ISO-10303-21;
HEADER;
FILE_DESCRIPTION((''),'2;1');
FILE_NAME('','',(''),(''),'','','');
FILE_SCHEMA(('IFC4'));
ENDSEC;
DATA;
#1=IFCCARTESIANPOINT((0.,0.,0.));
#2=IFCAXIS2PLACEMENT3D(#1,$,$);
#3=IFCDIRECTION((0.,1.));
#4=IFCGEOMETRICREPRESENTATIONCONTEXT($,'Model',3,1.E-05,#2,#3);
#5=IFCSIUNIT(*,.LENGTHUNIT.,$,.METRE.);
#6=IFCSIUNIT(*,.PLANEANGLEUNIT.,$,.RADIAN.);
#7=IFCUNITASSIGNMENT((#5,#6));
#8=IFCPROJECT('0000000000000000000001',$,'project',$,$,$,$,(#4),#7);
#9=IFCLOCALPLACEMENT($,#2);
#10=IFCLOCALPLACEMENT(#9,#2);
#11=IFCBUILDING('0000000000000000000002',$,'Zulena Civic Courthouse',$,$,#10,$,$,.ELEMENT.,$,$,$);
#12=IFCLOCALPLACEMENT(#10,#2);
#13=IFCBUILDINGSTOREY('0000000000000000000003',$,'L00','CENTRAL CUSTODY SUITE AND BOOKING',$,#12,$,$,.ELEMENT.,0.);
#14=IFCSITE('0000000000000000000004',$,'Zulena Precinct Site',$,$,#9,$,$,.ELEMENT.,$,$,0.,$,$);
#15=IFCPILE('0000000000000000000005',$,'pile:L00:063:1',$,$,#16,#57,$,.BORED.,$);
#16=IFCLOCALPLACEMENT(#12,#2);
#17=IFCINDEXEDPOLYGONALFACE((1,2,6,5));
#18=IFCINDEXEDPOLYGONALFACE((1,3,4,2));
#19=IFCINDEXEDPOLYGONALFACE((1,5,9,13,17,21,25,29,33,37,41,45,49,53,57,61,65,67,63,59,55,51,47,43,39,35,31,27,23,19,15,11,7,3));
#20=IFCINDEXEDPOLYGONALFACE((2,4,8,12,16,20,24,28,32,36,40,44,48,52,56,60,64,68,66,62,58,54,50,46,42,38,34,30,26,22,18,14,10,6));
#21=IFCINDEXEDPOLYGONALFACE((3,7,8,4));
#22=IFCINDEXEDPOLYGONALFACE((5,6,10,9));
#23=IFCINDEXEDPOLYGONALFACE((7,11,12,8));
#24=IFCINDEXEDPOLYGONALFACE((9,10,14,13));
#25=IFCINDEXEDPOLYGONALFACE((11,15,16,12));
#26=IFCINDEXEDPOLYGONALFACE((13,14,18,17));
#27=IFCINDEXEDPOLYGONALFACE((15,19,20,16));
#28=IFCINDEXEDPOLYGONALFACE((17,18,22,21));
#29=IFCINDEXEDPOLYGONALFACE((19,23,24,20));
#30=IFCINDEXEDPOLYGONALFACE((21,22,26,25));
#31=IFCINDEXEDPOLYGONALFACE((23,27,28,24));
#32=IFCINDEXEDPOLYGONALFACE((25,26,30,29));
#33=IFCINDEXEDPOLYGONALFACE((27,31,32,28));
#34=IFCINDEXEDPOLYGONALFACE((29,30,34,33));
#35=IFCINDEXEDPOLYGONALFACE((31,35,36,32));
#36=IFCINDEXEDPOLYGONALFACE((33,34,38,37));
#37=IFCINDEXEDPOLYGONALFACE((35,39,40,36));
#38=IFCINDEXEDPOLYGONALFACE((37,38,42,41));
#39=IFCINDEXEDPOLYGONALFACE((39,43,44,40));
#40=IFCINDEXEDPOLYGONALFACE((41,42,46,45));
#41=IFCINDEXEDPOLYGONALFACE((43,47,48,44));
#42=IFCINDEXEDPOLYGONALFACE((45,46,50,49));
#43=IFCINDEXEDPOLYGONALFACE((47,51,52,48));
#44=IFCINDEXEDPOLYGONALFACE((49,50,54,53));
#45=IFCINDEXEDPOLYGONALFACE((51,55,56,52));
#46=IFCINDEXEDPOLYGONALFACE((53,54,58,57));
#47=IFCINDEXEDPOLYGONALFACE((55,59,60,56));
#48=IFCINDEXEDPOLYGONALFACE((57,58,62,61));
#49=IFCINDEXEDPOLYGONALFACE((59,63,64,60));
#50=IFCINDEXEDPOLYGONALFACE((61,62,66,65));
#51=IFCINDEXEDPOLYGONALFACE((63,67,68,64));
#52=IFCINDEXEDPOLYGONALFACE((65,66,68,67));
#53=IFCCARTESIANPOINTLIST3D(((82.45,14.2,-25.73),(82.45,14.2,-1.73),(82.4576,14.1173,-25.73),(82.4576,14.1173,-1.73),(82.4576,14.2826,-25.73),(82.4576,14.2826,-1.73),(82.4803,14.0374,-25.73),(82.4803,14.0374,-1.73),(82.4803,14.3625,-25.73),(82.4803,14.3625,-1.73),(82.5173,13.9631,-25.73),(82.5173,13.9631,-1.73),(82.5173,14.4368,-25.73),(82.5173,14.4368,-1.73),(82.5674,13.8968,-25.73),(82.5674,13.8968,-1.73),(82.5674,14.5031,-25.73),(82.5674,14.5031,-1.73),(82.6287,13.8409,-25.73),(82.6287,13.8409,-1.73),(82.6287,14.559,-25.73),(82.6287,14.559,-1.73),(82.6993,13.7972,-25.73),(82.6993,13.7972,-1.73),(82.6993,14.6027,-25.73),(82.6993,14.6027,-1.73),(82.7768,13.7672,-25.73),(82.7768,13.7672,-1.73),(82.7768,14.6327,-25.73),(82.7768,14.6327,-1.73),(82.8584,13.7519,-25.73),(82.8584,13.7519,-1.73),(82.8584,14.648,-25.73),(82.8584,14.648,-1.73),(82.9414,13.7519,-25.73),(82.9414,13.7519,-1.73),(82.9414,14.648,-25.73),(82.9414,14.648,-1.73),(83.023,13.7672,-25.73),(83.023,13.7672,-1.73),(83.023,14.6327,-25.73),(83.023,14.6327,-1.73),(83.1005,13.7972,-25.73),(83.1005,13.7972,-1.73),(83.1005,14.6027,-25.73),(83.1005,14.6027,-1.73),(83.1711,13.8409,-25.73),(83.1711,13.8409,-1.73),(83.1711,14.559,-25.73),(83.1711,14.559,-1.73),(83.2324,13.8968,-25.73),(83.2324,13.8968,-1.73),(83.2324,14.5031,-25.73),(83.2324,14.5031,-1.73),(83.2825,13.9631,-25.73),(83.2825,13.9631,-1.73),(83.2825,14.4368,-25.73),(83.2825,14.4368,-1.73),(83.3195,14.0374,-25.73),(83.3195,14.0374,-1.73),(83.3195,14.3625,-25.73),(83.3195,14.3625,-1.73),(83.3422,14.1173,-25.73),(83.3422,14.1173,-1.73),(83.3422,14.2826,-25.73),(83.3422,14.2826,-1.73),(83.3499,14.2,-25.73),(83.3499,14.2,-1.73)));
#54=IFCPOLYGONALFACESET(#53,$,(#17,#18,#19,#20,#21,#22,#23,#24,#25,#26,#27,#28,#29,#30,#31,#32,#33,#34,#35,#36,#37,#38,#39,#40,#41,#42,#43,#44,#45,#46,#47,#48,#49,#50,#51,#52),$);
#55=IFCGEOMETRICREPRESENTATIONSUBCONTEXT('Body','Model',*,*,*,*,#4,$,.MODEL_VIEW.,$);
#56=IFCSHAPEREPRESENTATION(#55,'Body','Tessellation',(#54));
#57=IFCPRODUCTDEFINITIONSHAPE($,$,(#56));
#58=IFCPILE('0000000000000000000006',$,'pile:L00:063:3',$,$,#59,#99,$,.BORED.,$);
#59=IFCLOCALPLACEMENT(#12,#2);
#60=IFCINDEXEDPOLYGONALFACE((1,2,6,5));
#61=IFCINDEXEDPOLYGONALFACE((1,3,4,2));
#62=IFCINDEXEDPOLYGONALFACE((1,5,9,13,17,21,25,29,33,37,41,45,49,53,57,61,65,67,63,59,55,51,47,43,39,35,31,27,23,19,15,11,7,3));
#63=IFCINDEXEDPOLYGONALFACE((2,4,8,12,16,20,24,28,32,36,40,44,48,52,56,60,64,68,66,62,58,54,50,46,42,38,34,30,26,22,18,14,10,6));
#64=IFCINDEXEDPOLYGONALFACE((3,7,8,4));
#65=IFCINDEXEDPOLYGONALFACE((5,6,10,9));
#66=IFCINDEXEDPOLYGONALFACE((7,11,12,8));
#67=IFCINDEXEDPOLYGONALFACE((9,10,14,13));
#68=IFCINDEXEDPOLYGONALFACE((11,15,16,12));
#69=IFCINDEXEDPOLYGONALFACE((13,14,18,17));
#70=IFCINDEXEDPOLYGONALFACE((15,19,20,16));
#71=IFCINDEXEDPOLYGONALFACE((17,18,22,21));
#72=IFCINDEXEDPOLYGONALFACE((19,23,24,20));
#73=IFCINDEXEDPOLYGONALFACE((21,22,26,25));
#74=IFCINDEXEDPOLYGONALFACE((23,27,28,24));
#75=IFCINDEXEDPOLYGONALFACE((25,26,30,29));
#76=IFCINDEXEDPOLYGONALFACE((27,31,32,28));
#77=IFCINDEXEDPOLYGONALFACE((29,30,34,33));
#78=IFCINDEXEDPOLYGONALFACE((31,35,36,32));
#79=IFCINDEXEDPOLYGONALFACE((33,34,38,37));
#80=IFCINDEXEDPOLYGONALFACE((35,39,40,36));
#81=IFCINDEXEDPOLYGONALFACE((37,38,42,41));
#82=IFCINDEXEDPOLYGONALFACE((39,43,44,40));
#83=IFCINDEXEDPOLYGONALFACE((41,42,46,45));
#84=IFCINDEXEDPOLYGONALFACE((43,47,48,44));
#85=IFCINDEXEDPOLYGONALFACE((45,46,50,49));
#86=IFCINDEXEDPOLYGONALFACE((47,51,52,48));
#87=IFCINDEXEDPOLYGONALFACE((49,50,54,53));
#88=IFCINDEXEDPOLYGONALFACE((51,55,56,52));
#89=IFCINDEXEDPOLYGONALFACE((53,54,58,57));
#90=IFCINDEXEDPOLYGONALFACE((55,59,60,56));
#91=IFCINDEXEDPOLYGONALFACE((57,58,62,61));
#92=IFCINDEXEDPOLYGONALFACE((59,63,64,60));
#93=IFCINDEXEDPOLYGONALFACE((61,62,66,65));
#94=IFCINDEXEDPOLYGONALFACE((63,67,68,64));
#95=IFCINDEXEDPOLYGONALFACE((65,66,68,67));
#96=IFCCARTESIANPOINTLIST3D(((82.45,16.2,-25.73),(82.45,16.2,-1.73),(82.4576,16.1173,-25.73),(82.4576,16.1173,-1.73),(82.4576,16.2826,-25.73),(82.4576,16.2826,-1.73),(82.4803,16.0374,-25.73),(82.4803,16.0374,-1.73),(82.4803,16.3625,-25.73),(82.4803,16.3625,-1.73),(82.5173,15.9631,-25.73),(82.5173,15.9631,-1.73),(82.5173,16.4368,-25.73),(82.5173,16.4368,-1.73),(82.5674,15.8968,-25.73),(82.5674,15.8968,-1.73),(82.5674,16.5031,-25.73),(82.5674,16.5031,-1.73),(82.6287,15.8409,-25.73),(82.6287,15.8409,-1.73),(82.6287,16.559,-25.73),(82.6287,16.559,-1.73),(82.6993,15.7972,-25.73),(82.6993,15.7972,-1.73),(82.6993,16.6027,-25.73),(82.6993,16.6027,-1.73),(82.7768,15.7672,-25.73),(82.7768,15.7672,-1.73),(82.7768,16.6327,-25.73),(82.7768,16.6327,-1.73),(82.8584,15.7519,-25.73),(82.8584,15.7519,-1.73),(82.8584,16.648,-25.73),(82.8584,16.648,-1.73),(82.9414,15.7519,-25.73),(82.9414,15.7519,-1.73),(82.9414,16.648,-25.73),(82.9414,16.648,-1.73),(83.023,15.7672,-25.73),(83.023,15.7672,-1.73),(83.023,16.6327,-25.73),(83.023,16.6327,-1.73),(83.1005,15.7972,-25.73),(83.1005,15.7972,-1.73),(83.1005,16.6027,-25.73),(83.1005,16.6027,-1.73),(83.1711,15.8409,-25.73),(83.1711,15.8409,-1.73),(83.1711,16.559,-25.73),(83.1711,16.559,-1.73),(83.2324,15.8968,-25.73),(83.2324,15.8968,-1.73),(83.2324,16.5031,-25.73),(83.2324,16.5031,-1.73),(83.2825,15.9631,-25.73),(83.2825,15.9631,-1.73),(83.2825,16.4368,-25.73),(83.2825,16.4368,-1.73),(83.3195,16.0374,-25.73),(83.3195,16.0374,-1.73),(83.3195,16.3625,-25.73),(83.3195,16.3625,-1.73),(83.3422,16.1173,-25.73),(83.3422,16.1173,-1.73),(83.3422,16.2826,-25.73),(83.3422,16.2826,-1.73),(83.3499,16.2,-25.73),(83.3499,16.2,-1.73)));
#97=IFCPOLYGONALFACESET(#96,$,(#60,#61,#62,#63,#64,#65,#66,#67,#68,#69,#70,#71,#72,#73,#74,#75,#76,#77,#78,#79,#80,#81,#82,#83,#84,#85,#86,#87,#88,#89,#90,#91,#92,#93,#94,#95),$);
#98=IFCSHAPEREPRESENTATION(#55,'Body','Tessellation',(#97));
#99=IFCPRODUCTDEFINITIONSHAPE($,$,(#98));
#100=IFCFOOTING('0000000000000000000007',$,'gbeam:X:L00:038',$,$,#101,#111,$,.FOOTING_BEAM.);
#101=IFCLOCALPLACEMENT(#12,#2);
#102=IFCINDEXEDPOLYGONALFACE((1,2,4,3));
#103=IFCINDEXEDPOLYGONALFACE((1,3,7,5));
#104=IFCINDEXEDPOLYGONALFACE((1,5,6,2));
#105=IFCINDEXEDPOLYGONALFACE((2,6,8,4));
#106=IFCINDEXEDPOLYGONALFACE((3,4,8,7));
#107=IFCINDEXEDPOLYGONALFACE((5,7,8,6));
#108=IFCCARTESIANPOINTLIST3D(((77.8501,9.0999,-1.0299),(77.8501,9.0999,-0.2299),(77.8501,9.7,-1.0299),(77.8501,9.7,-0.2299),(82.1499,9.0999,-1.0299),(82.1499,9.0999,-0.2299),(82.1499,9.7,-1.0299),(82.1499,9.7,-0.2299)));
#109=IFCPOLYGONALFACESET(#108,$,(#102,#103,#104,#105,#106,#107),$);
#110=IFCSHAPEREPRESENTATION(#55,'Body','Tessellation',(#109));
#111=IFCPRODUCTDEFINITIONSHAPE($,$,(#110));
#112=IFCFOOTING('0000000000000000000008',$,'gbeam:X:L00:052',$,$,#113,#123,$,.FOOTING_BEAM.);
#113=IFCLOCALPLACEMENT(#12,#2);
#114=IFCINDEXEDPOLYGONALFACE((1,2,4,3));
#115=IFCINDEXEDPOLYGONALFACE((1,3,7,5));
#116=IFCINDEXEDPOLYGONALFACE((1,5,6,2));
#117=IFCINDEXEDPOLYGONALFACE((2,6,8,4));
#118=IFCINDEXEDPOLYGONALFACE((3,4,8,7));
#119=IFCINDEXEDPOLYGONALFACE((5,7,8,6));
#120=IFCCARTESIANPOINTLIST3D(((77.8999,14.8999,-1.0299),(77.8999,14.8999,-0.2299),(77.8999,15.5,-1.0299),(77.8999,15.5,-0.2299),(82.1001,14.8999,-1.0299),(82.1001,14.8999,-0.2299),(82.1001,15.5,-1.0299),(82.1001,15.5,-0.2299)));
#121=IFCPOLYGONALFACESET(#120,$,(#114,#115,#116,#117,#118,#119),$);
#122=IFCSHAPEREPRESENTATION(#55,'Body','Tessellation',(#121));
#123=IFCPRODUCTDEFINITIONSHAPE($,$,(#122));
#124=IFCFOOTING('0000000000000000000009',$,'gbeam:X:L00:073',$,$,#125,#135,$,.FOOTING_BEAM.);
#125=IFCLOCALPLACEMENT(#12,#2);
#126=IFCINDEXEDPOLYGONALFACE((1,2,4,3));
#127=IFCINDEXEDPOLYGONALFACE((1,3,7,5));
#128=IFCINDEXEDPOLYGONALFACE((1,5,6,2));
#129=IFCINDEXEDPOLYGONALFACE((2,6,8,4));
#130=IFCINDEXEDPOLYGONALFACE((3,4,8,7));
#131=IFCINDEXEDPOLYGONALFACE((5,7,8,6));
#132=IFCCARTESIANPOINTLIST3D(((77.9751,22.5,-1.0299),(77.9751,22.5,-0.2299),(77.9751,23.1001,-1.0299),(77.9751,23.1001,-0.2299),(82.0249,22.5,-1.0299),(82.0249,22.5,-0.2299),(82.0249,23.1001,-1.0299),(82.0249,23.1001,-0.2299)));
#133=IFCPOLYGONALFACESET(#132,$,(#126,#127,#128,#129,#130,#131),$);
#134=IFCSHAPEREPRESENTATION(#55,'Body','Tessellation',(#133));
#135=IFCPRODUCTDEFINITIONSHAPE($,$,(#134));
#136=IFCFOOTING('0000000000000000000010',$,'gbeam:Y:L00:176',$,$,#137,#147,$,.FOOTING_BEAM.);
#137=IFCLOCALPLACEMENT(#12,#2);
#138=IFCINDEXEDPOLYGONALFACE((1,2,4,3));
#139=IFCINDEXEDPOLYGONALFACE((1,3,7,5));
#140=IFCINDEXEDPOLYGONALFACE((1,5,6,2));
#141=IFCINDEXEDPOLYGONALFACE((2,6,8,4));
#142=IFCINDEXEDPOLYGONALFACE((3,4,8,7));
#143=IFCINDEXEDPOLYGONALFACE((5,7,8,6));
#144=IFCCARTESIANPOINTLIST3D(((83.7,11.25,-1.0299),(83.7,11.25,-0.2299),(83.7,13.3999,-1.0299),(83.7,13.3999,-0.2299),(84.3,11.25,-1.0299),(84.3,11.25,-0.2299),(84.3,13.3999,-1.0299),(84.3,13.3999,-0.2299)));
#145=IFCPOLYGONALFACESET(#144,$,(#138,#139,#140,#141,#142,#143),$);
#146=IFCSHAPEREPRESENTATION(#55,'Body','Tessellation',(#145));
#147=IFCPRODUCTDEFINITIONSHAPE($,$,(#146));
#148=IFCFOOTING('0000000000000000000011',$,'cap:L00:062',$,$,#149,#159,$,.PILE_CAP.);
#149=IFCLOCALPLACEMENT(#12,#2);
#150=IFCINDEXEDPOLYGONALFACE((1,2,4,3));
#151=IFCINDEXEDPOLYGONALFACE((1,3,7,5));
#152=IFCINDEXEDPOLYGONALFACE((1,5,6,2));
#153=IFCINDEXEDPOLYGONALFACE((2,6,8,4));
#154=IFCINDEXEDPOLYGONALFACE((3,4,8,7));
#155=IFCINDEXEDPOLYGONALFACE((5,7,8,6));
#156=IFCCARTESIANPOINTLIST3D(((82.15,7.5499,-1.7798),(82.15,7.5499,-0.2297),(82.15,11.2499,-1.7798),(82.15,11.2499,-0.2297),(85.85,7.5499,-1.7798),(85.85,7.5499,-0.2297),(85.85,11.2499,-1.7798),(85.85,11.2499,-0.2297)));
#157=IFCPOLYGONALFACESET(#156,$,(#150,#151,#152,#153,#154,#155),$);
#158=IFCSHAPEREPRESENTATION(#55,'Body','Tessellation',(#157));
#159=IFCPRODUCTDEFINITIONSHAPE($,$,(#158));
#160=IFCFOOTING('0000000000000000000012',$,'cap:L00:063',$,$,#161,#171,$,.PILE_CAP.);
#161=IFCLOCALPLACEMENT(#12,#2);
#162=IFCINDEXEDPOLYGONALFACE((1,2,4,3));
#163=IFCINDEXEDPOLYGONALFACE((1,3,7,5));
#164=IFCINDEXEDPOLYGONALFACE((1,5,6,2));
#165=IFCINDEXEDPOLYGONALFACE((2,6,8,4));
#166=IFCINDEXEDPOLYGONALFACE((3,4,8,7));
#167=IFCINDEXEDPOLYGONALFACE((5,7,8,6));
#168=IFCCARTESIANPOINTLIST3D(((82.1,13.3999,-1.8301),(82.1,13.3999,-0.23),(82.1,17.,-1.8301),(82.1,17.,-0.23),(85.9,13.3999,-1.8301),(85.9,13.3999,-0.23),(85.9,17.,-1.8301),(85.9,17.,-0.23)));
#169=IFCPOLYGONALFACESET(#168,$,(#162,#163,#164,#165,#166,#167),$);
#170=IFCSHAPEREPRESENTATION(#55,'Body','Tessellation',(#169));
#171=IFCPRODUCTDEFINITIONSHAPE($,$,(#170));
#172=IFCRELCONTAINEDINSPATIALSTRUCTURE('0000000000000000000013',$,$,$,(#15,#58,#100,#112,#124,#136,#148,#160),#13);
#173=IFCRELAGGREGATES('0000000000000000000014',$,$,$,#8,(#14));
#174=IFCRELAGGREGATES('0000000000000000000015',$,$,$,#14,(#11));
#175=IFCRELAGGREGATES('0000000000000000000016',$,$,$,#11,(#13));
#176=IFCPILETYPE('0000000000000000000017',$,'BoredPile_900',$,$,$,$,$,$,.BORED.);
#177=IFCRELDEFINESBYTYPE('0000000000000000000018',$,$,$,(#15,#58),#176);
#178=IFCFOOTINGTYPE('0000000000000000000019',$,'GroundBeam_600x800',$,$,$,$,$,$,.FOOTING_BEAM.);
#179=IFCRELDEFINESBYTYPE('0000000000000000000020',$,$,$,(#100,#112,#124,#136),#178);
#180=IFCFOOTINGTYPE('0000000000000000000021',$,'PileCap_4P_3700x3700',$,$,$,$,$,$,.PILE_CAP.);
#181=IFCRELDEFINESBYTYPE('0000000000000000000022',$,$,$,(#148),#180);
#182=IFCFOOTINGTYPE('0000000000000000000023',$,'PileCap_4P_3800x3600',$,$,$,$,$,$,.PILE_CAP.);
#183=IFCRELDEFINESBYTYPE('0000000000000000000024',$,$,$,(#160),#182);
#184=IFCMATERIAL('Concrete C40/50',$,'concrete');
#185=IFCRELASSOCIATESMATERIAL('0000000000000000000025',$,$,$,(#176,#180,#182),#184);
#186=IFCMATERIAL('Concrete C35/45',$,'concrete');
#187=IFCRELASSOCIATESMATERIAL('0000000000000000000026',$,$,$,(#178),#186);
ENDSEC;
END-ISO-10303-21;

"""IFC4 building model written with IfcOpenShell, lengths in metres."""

from ifc_helpers import new_model, si_unit, direction, frame, origin, origin_2d, place, context, subcontext, project, spatial, rectangle, circle, extrude, material, material_profile, profile_set, type_object, element, save


model = new_model("IFC4")

# Units and contexts
model_context = context("Model", 3, precision=1e-05, world=origin(), true_north=direction((0.0, 1.0)))
body_context = subcontext(model_context, "Body", "Model", "MODEL_VIEW")
ifc_project = project(units=[si_unit("LENGTHUNIT", "METRE"), si_unit("PLANEANGLEUNIT", "RADIAN")], contexts=[model_context])

# Site, building, storey
site_placement = place(None, origin())
site = spatial("IfcSite", under=ifc_project, at=site_placement, Name="Zulena Precinct Site", CompositionType="ELEMENT", RefElevation=0.0)
building_placement = place(site_placement, origin())
building = spatial("IfcBuilding", under=site, at=building_placement, Name="Zulena Civic Courthouse", CompositionType="ELEMENT")
storey_placement = place(building_placement, origin())
storey = spatial("IfcBuildingStorey", under=building, at=storey_placement, Name="L00", Description="CENTRAL CUSTODY SUITE AND BOOKING", CompositionType="ELEMENT", Elevation=0.0)

# Piles
ifc_material_1 = material(Name="Concrete C40/50", Category="concrete")
ifc_material_profile_1 = material_profile(ifc_material_1, circle(Radius=0.45, at=origin_2d()), Name="PILE900")
ifc_profile_set_1 = profile_set([ifc_material_profile_1], Name="Concrete C40/50")
pile_type_1 = type_object("IfcPileType", Name="BoredPile_900", PredefinedType="BORED", material=ifc_profile_set_1)
for number, where, z_axis, x_axis, name in (
    (1, (82.8999, 14.2, -1.73), (0.0, 0.0, -1.0), (1.0, 0.0, 0.0), "pile:L00:063:1"),
    (2, (82.8999, 16.2, -1.73), (0.0, 0.0, -1.0), (1.0, 0.0, 0.0), "pile:L00:063:3"),
):
    element("IfcPile", number, at=place(storey_placement, frame(where, z_axis=z_axis, x_axis=x_axis)), inside=storey, type_object=pile_type_1, Name=name, PredefinedType="BORED", context=body_context, shape_type="SweptSolid", body=[
        extrude(circle(Radius=0.45, at=origin_2d()), origin(), (0.0, 0.0, 1.0), 24.0),
    ])

# Footings
ifc_material_2 = material(Name="Concrete C35/45", Category="concrete")
ifc_material_profile_2 = material_profile(ifc_material_2, rectangle(XDim=0.6001, YDim=0.8, at=origin_2d()), Name="RC600X800")
ifc_profile_set_2 = profile_set([ifc_material_profile_2], Name="Concrete C35/45")
footing_type_1 = type_object("IfcFootingType", Name="GroundBeam_600x800", PredefinedType="FOOTING_BEAM", material=ifc_profile_set_2)
footing_1_placement = place(storey_placement, frame((77.8501, 9.3999, -0.6299), z_axis=(1.0, 0.0, 0.0), x_axis=(0.0, 1.0, 0.0)))
element("IfcFooting", 3, at=footing_1_placement, inside=storey, type_object=footing_type_1, Name="gbeam:X:L00:038", PredefinedType="FOOTING_BEAM", context=body_context, shape_type="SweptSolid", body=[
    extrude(rectangle(XDim=0.6001, YDim=0.8, at=origin_2d()), origin(), (0.0, 0.0, 1.0), 4.2998),
])
footing_2_placement = place(storey_placement, frame((77.8999, 15.2, -0.6299), z_axis=(1.0, 0.0, 0.0), x_axis=(0.0, 1.0, 0.0)))
element("IfcFooting", 4, at=footing_2_placement, inside=storey, type_object=footing_type_1, Name="gbeam:X:L00:052", PredefinedType="FOOTING_BEAM", context=body_context, shape_type="SweptSolid", body=[
    extrude(rectangle(XDim=0.6001, YDim=0.8, at=origin_2d()), origin(), (0.0, 0.0, 1.0), 4.2002),
])
footing_3_placement = place(storey_placement, frame((77.9751, 22.8, -0.6299), z_axis=(1.0, 0.0, 0.0), x_axis=(0.0, 1.0, 0.0)))
element("IfcFooting", 5, at=footing_3_placement, inside=storey, type_object=footing_type_1, Name="gbeam:X:L00:073", PredefinedType="FOOTING_BEAM", context=body_context, shape_type="SweptSolid", body=[
    extrude(rectangle(XDim=0.6001, YDim=0.8, at=origin_2d()), origin(), (0.0, 0.0, 1.0), 4.0498),
])
footing_4_placement = place(storey_placement, frame((84.0, 11.25, -0.6299), z_axis=(0.0, 1.0, 0.0), x_axis=(-1.0, 0.0, 0.0)))
element("IfcFooting", 6, at=footing_4_placement, inside=storey, type_object=footing_type_1, Name="gbeam:Y:L00:176", PredefinedType="FOOTING_BEAM", context=body_context, shape_type="SweptSolid", body=[
    extrude(rectangle(XDim=0.6001, YDim=0.8, at=origin_2d()), origin(), (0.0, 0.0, 1.0), 2.1499),
])
footing_type_2 = type_object("IfcFootingType", Name="PileCap_4P_3700x3700", PredefinedType="PILE_CAP", material=ifc_material_1)
footing_5_placement = place(storey_placement, frame((84.0, 9.3999, -1.7798), z_axis=(0.0, 0.0, 1.0), x_axis=(1.0, 0.0, 0.0)))
element("IfcFooting", 7, at=footing_5_placement, inside=storey, type_object=footing_type_2, Name="cap:L00:062", PredefinedType="PILE_CAP", context=body_context, shape_type="SweptSolid", body=[
    extrude(rectangle(XDim=3.7, YDim=3.7, at=origin_2d()), origin(), (0.0, 0.0, 1.0), 1.55),
])
footing_type_3 = type_object("IfcFootingType", Name="PileCap_4P_3800x3600", PredefinedType="PILE_CAP", material=ifc_material_1)
footing_6_placement = place(storey_placement, frame((84.0, 15.2, -1.8301), z_axis=(0.0, 0.0, 1.0), x_axis=(1.0, 0.0, 0.0)))
element("IfcFooting", 8, at=footing_6_placement, inside=storey, type_object=footing_type_3, Name="cap:L00:063", PredefinedType="PILE_CAP", context=body_context, shape_type="SweptSolid", body=[
    extrude(rectangle(XDim=3.8, YDim=3.6001, at=origin_2d()), origin(), (0.0, 0.0, 1.0), 1.6001),
])

save(model, "model.ifc")
